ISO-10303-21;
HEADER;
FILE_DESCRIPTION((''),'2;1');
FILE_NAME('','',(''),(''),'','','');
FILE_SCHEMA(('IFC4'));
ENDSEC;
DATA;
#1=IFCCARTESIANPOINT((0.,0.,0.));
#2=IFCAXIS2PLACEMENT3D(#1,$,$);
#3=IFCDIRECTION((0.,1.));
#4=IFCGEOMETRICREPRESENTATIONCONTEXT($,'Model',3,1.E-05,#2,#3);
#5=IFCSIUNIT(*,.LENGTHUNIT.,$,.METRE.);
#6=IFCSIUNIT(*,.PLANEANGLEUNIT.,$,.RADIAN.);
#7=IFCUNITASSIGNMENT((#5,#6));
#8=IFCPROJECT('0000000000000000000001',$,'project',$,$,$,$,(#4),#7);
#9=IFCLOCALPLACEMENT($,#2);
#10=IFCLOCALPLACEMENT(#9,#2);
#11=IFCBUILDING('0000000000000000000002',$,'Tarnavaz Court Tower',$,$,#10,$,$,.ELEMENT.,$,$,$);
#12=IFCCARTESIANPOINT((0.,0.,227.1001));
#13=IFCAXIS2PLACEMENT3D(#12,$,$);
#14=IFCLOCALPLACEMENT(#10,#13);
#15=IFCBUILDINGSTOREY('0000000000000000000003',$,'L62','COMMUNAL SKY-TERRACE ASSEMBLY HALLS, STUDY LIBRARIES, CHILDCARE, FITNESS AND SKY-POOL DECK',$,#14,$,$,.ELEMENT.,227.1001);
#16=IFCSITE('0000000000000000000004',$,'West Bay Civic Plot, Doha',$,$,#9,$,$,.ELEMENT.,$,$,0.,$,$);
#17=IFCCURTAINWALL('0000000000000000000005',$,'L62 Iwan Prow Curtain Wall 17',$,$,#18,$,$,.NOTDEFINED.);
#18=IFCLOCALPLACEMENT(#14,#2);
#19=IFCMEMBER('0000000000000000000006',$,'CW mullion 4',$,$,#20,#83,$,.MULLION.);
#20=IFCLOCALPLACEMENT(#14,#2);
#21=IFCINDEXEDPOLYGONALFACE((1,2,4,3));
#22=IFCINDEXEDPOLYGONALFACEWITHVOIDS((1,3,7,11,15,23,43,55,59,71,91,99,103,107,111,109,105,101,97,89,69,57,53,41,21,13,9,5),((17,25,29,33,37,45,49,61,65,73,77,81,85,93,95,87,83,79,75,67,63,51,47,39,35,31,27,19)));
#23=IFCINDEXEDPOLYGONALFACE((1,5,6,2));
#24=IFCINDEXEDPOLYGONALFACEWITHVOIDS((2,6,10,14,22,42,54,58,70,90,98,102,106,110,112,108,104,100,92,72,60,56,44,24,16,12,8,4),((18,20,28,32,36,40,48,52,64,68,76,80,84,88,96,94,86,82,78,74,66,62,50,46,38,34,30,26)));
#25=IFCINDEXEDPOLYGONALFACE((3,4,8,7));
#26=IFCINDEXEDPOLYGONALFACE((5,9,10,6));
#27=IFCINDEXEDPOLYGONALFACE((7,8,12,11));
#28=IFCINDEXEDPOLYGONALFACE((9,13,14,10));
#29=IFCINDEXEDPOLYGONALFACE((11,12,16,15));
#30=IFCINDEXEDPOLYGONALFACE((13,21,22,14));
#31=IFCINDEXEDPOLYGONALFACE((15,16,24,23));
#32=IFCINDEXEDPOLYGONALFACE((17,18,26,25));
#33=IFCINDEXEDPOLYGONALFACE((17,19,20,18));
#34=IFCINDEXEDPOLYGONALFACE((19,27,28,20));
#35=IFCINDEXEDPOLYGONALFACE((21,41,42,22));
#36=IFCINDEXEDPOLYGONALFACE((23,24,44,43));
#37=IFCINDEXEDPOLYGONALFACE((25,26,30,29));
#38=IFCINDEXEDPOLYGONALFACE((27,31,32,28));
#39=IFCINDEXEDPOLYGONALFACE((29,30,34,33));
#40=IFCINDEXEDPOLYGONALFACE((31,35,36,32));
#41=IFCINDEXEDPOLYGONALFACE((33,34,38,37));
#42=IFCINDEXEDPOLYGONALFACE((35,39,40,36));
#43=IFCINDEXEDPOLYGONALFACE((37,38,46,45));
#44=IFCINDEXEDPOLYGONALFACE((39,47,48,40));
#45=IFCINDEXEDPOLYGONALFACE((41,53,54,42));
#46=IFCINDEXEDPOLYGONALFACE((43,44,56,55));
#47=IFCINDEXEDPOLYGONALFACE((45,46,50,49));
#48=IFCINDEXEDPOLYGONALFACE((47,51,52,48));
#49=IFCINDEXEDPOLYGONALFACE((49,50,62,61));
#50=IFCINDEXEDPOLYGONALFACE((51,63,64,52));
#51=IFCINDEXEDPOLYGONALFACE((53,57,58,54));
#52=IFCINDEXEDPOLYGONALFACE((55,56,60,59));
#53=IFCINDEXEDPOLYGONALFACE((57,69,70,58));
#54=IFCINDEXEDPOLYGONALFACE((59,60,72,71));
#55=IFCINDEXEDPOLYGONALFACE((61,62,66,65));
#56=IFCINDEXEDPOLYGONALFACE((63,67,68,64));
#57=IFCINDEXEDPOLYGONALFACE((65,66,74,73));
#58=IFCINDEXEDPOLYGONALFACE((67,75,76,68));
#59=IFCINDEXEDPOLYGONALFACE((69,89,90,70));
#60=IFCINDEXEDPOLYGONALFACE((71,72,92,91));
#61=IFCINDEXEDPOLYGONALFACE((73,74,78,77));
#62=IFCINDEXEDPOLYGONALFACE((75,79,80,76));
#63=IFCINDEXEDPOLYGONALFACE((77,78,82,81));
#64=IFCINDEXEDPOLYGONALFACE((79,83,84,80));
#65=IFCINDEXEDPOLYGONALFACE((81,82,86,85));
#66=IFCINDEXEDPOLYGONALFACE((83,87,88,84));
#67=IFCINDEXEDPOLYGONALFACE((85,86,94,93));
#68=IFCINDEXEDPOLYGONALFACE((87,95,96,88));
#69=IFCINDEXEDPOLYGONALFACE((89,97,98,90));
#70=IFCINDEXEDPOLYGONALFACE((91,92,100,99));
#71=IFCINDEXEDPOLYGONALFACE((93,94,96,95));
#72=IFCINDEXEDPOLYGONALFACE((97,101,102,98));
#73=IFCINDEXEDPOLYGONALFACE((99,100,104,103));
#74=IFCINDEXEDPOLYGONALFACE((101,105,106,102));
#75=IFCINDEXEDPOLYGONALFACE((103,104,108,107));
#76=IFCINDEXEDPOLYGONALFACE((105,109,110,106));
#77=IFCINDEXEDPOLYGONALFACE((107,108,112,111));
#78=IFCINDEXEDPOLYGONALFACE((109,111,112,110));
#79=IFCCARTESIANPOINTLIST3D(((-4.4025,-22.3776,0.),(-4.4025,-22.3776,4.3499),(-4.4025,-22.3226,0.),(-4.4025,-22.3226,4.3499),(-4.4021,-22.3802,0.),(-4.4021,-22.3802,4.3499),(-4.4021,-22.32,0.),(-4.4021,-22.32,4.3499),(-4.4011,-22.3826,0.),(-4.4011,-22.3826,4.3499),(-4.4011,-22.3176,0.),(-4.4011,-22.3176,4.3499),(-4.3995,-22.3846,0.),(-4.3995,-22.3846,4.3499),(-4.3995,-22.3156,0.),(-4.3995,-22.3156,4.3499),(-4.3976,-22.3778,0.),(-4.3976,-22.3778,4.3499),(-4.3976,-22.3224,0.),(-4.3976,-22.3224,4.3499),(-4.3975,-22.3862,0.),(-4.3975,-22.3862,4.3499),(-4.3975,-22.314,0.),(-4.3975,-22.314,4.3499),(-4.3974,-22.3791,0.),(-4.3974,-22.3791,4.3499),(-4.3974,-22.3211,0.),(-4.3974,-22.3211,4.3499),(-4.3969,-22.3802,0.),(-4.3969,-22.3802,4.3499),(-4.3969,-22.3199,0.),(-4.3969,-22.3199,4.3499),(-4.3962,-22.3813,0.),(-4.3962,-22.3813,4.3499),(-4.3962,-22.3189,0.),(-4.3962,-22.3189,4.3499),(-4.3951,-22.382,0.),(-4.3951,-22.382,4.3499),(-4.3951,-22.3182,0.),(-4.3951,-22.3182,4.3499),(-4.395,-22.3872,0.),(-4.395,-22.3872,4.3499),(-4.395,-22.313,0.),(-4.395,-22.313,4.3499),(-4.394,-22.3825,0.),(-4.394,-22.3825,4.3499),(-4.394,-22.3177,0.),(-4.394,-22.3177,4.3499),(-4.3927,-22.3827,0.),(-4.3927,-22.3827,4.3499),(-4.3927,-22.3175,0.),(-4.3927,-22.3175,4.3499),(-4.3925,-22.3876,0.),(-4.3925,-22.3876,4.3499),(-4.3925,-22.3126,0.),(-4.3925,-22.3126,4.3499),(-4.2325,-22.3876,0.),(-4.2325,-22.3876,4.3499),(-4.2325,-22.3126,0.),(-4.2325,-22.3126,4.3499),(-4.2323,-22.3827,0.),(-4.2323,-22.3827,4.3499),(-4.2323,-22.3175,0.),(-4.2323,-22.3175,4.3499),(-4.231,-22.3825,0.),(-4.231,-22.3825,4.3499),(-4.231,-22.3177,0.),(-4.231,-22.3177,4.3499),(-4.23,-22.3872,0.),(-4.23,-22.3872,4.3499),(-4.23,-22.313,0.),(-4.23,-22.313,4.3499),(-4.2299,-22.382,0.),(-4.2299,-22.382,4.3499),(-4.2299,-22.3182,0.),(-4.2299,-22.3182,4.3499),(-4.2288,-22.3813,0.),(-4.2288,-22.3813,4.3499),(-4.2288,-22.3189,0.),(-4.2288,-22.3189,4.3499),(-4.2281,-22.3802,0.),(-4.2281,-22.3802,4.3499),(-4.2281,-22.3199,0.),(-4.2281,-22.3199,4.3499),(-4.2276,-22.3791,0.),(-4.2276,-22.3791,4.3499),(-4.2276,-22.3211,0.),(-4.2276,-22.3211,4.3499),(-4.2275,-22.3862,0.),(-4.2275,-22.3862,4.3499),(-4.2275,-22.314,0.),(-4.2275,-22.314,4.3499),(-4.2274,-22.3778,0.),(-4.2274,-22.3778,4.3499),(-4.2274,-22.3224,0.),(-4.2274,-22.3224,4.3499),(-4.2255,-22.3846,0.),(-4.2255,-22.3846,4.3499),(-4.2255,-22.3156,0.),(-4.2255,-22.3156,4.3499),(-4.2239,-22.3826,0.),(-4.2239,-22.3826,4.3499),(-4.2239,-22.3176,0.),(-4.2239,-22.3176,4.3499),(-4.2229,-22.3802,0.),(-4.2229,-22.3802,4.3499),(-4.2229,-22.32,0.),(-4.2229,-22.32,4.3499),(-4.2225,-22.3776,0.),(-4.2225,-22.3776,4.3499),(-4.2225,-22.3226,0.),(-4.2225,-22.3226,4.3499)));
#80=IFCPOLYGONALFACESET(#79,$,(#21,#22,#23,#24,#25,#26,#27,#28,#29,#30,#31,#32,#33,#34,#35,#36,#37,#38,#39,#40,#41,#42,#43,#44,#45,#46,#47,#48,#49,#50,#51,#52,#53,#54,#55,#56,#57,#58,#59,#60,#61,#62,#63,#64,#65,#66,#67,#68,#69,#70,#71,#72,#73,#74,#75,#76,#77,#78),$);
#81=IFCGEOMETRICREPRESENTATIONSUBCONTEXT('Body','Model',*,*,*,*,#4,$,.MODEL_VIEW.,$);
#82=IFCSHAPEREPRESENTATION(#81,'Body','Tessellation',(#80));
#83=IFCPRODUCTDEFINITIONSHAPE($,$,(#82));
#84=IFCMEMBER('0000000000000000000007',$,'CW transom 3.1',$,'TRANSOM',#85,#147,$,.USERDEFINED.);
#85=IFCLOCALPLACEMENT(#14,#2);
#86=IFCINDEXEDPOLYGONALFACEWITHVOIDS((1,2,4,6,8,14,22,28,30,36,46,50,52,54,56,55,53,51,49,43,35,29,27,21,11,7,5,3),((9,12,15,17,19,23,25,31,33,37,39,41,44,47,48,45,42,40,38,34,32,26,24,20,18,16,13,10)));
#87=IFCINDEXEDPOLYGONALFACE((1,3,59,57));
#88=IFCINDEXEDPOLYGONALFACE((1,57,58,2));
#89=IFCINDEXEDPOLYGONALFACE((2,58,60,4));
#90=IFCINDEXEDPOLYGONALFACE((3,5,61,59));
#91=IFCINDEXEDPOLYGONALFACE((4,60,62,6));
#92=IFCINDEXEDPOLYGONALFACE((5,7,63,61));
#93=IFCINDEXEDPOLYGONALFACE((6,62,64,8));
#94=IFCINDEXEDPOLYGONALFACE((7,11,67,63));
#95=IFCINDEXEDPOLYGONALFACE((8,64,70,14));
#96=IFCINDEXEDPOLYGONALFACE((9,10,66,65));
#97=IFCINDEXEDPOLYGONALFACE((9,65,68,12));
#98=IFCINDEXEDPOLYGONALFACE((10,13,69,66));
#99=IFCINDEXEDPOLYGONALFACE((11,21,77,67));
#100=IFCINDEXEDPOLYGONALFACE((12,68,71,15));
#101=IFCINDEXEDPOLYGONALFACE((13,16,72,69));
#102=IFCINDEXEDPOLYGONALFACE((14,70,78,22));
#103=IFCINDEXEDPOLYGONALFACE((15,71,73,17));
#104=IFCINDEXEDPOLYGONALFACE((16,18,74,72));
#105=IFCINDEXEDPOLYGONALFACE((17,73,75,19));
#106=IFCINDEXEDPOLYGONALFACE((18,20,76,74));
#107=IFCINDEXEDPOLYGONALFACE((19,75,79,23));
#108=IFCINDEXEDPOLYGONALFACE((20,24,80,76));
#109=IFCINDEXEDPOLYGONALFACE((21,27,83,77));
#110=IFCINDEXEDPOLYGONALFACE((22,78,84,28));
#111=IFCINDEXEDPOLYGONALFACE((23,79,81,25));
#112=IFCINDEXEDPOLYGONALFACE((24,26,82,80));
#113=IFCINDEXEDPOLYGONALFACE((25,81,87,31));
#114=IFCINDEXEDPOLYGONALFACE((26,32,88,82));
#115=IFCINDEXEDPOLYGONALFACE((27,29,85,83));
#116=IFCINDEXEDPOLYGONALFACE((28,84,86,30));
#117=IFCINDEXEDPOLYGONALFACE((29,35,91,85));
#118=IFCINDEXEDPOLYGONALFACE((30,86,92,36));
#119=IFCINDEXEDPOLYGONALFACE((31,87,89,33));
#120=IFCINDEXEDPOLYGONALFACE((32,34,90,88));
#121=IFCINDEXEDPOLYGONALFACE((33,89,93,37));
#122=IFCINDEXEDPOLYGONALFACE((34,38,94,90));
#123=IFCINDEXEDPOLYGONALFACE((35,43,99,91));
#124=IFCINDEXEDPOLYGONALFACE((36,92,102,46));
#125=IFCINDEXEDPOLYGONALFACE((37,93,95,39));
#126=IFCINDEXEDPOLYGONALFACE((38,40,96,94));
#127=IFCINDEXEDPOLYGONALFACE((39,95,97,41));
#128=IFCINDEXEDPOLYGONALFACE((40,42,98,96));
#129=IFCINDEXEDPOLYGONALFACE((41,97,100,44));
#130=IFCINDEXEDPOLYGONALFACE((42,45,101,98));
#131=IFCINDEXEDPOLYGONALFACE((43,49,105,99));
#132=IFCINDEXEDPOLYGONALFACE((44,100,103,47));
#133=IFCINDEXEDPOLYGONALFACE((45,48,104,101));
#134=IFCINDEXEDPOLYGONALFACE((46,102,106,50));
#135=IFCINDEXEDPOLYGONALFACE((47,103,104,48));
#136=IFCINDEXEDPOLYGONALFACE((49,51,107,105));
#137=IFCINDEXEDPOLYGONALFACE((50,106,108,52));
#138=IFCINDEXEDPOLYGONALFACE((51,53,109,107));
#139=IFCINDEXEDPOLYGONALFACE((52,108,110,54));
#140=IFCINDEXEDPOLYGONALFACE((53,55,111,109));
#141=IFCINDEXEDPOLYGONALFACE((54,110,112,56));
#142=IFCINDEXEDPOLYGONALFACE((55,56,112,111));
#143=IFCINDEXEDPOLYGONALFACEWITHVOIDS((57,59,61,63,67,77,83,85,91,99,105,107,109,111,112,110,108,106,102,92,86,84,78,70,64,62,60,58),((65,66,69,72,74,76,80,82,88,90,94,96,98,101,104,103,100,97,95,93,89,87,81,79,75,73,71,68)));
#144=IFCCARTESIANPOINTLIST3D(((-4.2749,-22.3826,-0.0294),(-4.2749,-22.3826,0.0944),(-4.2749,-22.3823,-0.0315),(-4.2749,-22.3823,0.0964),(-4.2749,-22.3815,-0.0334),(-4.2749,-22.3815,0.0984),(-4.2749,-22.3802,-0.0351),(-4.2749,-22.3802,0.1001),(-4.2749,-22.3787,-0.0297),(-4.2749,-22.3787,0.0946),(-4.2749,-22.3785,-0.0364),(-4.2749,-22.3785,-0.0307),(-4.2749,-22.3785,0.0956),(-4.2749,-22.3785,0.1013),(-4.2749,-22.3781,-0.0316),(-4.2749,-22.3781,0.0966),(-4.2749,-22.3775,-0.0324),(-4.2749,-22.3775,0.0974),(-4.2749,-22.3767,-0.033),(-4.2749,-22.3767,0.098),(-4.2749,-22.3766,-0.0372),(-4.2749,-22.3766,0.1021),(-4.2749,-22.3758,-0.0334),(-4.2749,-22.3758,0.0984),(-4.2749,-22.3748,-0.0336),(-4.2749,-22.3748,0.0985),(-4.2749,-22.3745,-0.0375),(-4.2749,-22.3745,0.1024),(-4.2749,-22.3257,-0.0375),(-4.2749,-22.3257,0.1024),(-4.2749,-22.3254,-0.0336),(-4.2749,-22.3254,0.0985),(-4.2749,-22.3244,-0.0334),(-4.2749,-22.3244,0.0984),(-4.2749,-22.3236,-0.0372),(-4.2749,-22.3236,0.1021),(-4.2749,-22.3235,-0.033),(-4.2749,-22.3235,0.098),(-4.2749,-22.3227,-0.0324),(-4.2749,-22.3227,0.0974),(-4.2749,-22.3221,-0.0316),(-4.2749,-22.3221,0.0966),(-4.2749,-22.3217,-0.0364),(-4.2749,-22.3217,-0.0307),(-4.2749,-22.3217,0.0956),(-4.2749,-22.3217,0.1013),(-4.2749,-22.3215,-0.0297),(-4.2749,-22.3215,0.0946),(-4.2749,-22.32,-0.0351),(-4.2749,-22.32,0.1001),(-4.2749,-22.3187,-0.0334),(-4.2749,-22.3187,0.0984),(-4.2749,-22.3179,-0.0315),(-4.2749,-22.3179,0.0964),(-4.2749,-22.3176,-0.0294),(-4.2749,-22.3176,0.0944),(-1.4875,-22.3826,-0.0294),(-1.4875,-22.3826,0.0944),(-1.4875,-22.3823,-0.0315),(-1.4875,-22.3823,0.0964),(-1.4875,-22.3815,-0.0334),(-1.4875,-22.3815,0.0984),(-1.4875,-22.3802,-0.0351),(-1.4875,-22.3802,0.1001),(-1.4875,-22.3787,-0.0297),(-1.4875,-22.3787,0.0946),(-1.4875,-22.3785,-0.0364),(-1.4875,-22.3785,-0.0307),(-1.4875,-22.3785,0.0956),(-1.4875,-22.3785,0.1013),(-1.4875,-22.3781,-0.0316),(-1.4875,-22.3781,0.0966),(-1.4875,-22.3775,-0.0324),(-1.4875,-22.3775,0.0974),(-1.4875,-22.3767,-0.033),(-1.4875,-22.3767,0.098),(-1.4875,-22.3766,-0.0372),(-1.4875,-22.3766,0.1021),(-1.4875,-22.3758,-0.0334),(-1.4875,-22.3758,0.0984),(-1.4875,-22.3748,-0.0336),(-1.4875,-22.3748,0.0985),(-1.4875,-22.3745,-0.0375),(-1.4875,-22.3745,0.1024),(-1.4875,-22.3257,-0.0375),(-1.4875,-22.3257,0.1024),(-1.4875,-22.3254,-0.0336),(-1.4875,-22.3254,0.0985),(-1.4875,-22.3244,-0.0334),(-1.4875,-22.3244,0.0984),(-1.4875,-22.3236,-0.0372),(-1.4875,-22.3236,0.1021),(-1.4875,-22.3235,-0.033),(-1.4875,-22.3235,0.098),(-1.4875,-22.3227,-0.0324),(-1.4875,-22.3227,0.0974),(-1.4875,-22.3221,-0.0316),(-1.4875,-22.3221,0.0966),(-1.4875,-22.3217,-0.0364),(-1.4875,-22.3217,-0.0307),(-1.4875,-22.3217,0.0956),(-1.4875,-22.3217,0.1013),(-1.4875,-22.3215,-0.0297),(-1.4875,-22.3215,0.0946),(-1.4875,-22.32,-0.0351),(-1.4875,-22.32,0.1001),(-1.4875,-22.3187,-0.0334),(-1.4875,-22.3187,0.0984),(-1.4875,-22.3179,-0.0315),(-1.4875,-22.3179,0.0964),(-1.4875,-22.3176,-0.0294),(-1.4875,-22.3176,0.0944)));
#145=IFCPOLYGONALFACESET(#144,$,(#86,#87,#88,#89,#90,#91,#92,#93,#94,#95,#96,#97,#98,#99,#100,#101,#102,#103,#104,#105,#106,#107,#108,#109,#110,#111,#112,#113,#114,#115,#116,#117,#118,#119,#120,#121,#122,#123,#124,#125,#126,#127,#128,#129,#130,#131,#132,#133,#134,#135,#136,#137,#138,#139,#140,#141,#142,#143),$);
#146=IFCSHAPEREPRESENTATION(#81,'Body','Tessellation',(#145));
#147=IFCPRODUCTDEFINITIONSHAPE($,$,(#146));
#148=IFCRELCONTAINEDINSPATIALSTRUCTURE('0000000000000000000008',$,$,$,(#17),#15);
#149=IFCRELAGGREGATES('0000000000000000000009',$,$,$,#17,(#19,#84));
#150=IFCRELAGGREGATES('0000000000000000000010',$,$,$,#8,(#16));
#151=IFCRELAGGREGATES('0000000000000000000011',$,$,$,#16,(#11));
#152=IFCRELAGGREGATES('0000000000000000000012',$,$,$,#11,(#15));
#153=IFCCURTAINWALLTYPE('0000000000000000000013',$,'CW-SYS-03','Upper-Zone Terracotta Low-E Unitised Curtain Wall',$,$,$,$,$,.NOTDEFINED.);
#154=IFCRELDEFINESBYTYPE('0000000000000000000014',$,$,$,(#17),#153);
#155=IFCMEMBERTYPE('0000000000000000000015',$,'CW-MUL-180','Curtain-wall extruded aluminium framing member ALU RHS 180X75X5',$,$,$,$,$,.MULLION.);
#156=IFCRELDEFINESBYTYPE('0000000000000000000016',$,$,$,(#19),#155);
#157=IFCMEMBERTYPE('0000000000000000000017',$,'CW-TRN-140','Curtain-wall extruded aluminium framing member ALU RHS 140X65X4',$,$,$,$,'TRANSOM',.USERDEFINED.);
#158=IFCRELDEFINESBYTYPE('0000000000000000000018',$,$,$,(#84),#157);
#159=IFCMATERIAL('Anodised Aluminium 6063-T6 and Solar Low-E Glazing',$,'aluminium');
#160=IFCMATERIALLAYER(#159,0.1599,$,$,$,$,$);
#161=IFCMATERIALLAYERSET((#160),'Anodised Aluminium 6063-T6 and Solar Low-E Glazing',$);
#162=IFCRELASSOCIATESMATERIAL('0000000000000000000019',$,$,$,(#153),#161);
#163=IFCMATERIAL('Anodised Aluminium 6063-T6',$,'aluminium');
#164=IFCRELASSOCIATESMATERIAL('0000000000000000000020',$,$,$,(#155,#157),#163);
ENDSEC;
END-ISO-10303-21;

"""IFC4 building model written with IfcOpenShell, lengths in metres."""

from ifc_helpers import new_model, si_unit, direction, frame, origin, origin_2d, place, context, subcontext, project, spatial, hollow_rectangle, extrude, material, layer, layer_set, material_profile, profile_set, type_object, element, aggregate, save


model = new_model("IFC4")

# Units and contexts
model_context = context("Model", 3, precision=1e-05, world=origin(), true_north=direction((0.0, 1.0)))
body_context = subcontext(model_context, "Body", "Model", "MODEL_VIEW")
ifc_project = project(units=[si_unit("LENGTHUNIT", "METRE"), si_unit("PLANEANGLEUNIT", "RADIAN")], contexts=[model_context])

# Site, building, storey
site_placement = place(None, origin())
site = spatial("IfcSite", under=ifc_project, at=site_placement, Name="West Bay Civic Plot, Doha", CompositionType="ELEMENT", RefElevation=0.0)
building_placement = place(site_placement, origin())
building = spatial("IfcBuilding", under=site, at=building_placement, Name="Tarnavaz Court Tower", CompositionType="ELEMENT")
storey_placement = place(building_placement, frame((0.0, 0.0, 227.1001)))
storey = spatial("IfcBuildingStorey", under=building, at=storey_placement, Name="L62", Description="COMMUNAL SKY-TERRACE ASSEMBLY HALLS, STUDY LIBRARIES, CHILDCARE, FITNESS AND SKY-POOL DECK", CompositionType="ELEMENT", Elevation=227.1001)

# Curtain wall, members
ifc_material_1 = material(Name="Anodised Aluminium 6063-T6 and Solar Low-E Glazing", Category="aluminium")
ifc_layer_1 = layer(ifc_material_1, 0.1599)
ifc_layer_set_1 = layer_set([ifc_layer_1], Name="Anodised Aluminium 6063-T6 and Solar Low-E Glazing")
curtain_wall_type = type_object("IfcCurtainWallType", Name="CW-SYS-03", Description="Upper-Zone Terracotta Low-E Unitised Curtain Wall", PredefinedType="NOTDEFINED", material=ifc_layer_set_1)
curtain_wall_placement = place(storey_placement, origin())
curtain_wall = element("IfcCurtainWall", 1, at=curtain_wall_placement, inside=storey, type_object=curtain_wall_type, Name="L62 Iwan Prow Curtain Wall 17", PredefinedType="NOTDEFINED")
ifc_material_2 = material(Name="Anodised Aluminium 6063-T6", Category="aluminium")
ifc_material_profile_1 = material_profile(ifc_material_2, hollow_rectangle(XDim=0.075, YDim=0.1799, WallThickness=0.0049, InnerFilletRadius=0.0049, OuterFilletRadius=0.01, at=origin_2d()), Name="ALU RHS 180X75X5")
ifc_profile_set_1 = profile_set([ifc_material_profile_1], Name="Anodised Aluminium 6063-T6")
member_type_1 = type_object("IfcMemberType", Name="CW-MUL-180", Description="Curtain-wall extruded aluminium framing member ALU RHS 180X75X5", PredefinedType="MULLION", material=ifc_profile_set_1)
member_1_placement = place(storey_placement, frame((-4.3125, -22.3501, 0.0), z_axis=(0.0, 0.0, 1.0), x_axis=(0.0, -1.0, 0.0)))
member_1 = element("IfcMember", 2, at=member_1_placement, type_object=member_type_1, Name="CW mullion 4", PredefinedType="MULLION", context=body_context, shape_type="SweptSolid", body=[
    extrude(hollow_rectangle(XDim=0.075, YDim=0.1799, WallThickness=0.0049, InnerFilletRadius=0.0049, OuterFilletRadius=0.01, at=origin_2d()), origin(), (0.0, 0.0, 1.0), 4.3499),
])
ifc_material_profile_2 = material_profile(ifc_material_2, hollow_rectangle(XDim=0.0649, YDim=0.1399, WallThickness=0.0039, InnerFilletRadius=0.0039, OuterFilletRadius=0.0081, at=origin_2d()), Name="ALU RHS 140X65X4")
ifc_profile_set_2 = profile_set([ifc_material_profile_2], Name="Anodised Aluminium 6063-T6")
member_type_2 = type_object("IfcMemberType", Name="CW-TRN-140", Description="Curtain-wall extruded aluminium framing member ALU RHS 140X65X4", ElementType="TRANSOM", PredefinedType="USERDEFINED", material=ifc_profile_set_2)
member_2_placement = place(storey_placement, frame((-1.4875, -22.3501, 0.0325), z_axis=(-1.0, 0.0, 0.0), x_axis=(0.0, -1.0, 0.0)))
member_2 = element("IfcMember", 3, at=member_2_placement, type_object=member_type_2, Name="CW transom 3.1", ObjectType="TRANSOM", PredefinedType="USERDEFINED", context=body_context, shape_type="SweptSolid", body=[
    extrude(hollow_rectangle(XDim=0.0649, YDim=0.1399, WallThickness=0.0039, InnerFilletRadius=0.0039, OuterFilletRadius=0.0081, at=origin_2d()), origin(), (0.0, 0.0, 1.0), 2.7874),
])
aggregate(curtain_wall, [member_1, member_2])

save(model, "model.ifc")
